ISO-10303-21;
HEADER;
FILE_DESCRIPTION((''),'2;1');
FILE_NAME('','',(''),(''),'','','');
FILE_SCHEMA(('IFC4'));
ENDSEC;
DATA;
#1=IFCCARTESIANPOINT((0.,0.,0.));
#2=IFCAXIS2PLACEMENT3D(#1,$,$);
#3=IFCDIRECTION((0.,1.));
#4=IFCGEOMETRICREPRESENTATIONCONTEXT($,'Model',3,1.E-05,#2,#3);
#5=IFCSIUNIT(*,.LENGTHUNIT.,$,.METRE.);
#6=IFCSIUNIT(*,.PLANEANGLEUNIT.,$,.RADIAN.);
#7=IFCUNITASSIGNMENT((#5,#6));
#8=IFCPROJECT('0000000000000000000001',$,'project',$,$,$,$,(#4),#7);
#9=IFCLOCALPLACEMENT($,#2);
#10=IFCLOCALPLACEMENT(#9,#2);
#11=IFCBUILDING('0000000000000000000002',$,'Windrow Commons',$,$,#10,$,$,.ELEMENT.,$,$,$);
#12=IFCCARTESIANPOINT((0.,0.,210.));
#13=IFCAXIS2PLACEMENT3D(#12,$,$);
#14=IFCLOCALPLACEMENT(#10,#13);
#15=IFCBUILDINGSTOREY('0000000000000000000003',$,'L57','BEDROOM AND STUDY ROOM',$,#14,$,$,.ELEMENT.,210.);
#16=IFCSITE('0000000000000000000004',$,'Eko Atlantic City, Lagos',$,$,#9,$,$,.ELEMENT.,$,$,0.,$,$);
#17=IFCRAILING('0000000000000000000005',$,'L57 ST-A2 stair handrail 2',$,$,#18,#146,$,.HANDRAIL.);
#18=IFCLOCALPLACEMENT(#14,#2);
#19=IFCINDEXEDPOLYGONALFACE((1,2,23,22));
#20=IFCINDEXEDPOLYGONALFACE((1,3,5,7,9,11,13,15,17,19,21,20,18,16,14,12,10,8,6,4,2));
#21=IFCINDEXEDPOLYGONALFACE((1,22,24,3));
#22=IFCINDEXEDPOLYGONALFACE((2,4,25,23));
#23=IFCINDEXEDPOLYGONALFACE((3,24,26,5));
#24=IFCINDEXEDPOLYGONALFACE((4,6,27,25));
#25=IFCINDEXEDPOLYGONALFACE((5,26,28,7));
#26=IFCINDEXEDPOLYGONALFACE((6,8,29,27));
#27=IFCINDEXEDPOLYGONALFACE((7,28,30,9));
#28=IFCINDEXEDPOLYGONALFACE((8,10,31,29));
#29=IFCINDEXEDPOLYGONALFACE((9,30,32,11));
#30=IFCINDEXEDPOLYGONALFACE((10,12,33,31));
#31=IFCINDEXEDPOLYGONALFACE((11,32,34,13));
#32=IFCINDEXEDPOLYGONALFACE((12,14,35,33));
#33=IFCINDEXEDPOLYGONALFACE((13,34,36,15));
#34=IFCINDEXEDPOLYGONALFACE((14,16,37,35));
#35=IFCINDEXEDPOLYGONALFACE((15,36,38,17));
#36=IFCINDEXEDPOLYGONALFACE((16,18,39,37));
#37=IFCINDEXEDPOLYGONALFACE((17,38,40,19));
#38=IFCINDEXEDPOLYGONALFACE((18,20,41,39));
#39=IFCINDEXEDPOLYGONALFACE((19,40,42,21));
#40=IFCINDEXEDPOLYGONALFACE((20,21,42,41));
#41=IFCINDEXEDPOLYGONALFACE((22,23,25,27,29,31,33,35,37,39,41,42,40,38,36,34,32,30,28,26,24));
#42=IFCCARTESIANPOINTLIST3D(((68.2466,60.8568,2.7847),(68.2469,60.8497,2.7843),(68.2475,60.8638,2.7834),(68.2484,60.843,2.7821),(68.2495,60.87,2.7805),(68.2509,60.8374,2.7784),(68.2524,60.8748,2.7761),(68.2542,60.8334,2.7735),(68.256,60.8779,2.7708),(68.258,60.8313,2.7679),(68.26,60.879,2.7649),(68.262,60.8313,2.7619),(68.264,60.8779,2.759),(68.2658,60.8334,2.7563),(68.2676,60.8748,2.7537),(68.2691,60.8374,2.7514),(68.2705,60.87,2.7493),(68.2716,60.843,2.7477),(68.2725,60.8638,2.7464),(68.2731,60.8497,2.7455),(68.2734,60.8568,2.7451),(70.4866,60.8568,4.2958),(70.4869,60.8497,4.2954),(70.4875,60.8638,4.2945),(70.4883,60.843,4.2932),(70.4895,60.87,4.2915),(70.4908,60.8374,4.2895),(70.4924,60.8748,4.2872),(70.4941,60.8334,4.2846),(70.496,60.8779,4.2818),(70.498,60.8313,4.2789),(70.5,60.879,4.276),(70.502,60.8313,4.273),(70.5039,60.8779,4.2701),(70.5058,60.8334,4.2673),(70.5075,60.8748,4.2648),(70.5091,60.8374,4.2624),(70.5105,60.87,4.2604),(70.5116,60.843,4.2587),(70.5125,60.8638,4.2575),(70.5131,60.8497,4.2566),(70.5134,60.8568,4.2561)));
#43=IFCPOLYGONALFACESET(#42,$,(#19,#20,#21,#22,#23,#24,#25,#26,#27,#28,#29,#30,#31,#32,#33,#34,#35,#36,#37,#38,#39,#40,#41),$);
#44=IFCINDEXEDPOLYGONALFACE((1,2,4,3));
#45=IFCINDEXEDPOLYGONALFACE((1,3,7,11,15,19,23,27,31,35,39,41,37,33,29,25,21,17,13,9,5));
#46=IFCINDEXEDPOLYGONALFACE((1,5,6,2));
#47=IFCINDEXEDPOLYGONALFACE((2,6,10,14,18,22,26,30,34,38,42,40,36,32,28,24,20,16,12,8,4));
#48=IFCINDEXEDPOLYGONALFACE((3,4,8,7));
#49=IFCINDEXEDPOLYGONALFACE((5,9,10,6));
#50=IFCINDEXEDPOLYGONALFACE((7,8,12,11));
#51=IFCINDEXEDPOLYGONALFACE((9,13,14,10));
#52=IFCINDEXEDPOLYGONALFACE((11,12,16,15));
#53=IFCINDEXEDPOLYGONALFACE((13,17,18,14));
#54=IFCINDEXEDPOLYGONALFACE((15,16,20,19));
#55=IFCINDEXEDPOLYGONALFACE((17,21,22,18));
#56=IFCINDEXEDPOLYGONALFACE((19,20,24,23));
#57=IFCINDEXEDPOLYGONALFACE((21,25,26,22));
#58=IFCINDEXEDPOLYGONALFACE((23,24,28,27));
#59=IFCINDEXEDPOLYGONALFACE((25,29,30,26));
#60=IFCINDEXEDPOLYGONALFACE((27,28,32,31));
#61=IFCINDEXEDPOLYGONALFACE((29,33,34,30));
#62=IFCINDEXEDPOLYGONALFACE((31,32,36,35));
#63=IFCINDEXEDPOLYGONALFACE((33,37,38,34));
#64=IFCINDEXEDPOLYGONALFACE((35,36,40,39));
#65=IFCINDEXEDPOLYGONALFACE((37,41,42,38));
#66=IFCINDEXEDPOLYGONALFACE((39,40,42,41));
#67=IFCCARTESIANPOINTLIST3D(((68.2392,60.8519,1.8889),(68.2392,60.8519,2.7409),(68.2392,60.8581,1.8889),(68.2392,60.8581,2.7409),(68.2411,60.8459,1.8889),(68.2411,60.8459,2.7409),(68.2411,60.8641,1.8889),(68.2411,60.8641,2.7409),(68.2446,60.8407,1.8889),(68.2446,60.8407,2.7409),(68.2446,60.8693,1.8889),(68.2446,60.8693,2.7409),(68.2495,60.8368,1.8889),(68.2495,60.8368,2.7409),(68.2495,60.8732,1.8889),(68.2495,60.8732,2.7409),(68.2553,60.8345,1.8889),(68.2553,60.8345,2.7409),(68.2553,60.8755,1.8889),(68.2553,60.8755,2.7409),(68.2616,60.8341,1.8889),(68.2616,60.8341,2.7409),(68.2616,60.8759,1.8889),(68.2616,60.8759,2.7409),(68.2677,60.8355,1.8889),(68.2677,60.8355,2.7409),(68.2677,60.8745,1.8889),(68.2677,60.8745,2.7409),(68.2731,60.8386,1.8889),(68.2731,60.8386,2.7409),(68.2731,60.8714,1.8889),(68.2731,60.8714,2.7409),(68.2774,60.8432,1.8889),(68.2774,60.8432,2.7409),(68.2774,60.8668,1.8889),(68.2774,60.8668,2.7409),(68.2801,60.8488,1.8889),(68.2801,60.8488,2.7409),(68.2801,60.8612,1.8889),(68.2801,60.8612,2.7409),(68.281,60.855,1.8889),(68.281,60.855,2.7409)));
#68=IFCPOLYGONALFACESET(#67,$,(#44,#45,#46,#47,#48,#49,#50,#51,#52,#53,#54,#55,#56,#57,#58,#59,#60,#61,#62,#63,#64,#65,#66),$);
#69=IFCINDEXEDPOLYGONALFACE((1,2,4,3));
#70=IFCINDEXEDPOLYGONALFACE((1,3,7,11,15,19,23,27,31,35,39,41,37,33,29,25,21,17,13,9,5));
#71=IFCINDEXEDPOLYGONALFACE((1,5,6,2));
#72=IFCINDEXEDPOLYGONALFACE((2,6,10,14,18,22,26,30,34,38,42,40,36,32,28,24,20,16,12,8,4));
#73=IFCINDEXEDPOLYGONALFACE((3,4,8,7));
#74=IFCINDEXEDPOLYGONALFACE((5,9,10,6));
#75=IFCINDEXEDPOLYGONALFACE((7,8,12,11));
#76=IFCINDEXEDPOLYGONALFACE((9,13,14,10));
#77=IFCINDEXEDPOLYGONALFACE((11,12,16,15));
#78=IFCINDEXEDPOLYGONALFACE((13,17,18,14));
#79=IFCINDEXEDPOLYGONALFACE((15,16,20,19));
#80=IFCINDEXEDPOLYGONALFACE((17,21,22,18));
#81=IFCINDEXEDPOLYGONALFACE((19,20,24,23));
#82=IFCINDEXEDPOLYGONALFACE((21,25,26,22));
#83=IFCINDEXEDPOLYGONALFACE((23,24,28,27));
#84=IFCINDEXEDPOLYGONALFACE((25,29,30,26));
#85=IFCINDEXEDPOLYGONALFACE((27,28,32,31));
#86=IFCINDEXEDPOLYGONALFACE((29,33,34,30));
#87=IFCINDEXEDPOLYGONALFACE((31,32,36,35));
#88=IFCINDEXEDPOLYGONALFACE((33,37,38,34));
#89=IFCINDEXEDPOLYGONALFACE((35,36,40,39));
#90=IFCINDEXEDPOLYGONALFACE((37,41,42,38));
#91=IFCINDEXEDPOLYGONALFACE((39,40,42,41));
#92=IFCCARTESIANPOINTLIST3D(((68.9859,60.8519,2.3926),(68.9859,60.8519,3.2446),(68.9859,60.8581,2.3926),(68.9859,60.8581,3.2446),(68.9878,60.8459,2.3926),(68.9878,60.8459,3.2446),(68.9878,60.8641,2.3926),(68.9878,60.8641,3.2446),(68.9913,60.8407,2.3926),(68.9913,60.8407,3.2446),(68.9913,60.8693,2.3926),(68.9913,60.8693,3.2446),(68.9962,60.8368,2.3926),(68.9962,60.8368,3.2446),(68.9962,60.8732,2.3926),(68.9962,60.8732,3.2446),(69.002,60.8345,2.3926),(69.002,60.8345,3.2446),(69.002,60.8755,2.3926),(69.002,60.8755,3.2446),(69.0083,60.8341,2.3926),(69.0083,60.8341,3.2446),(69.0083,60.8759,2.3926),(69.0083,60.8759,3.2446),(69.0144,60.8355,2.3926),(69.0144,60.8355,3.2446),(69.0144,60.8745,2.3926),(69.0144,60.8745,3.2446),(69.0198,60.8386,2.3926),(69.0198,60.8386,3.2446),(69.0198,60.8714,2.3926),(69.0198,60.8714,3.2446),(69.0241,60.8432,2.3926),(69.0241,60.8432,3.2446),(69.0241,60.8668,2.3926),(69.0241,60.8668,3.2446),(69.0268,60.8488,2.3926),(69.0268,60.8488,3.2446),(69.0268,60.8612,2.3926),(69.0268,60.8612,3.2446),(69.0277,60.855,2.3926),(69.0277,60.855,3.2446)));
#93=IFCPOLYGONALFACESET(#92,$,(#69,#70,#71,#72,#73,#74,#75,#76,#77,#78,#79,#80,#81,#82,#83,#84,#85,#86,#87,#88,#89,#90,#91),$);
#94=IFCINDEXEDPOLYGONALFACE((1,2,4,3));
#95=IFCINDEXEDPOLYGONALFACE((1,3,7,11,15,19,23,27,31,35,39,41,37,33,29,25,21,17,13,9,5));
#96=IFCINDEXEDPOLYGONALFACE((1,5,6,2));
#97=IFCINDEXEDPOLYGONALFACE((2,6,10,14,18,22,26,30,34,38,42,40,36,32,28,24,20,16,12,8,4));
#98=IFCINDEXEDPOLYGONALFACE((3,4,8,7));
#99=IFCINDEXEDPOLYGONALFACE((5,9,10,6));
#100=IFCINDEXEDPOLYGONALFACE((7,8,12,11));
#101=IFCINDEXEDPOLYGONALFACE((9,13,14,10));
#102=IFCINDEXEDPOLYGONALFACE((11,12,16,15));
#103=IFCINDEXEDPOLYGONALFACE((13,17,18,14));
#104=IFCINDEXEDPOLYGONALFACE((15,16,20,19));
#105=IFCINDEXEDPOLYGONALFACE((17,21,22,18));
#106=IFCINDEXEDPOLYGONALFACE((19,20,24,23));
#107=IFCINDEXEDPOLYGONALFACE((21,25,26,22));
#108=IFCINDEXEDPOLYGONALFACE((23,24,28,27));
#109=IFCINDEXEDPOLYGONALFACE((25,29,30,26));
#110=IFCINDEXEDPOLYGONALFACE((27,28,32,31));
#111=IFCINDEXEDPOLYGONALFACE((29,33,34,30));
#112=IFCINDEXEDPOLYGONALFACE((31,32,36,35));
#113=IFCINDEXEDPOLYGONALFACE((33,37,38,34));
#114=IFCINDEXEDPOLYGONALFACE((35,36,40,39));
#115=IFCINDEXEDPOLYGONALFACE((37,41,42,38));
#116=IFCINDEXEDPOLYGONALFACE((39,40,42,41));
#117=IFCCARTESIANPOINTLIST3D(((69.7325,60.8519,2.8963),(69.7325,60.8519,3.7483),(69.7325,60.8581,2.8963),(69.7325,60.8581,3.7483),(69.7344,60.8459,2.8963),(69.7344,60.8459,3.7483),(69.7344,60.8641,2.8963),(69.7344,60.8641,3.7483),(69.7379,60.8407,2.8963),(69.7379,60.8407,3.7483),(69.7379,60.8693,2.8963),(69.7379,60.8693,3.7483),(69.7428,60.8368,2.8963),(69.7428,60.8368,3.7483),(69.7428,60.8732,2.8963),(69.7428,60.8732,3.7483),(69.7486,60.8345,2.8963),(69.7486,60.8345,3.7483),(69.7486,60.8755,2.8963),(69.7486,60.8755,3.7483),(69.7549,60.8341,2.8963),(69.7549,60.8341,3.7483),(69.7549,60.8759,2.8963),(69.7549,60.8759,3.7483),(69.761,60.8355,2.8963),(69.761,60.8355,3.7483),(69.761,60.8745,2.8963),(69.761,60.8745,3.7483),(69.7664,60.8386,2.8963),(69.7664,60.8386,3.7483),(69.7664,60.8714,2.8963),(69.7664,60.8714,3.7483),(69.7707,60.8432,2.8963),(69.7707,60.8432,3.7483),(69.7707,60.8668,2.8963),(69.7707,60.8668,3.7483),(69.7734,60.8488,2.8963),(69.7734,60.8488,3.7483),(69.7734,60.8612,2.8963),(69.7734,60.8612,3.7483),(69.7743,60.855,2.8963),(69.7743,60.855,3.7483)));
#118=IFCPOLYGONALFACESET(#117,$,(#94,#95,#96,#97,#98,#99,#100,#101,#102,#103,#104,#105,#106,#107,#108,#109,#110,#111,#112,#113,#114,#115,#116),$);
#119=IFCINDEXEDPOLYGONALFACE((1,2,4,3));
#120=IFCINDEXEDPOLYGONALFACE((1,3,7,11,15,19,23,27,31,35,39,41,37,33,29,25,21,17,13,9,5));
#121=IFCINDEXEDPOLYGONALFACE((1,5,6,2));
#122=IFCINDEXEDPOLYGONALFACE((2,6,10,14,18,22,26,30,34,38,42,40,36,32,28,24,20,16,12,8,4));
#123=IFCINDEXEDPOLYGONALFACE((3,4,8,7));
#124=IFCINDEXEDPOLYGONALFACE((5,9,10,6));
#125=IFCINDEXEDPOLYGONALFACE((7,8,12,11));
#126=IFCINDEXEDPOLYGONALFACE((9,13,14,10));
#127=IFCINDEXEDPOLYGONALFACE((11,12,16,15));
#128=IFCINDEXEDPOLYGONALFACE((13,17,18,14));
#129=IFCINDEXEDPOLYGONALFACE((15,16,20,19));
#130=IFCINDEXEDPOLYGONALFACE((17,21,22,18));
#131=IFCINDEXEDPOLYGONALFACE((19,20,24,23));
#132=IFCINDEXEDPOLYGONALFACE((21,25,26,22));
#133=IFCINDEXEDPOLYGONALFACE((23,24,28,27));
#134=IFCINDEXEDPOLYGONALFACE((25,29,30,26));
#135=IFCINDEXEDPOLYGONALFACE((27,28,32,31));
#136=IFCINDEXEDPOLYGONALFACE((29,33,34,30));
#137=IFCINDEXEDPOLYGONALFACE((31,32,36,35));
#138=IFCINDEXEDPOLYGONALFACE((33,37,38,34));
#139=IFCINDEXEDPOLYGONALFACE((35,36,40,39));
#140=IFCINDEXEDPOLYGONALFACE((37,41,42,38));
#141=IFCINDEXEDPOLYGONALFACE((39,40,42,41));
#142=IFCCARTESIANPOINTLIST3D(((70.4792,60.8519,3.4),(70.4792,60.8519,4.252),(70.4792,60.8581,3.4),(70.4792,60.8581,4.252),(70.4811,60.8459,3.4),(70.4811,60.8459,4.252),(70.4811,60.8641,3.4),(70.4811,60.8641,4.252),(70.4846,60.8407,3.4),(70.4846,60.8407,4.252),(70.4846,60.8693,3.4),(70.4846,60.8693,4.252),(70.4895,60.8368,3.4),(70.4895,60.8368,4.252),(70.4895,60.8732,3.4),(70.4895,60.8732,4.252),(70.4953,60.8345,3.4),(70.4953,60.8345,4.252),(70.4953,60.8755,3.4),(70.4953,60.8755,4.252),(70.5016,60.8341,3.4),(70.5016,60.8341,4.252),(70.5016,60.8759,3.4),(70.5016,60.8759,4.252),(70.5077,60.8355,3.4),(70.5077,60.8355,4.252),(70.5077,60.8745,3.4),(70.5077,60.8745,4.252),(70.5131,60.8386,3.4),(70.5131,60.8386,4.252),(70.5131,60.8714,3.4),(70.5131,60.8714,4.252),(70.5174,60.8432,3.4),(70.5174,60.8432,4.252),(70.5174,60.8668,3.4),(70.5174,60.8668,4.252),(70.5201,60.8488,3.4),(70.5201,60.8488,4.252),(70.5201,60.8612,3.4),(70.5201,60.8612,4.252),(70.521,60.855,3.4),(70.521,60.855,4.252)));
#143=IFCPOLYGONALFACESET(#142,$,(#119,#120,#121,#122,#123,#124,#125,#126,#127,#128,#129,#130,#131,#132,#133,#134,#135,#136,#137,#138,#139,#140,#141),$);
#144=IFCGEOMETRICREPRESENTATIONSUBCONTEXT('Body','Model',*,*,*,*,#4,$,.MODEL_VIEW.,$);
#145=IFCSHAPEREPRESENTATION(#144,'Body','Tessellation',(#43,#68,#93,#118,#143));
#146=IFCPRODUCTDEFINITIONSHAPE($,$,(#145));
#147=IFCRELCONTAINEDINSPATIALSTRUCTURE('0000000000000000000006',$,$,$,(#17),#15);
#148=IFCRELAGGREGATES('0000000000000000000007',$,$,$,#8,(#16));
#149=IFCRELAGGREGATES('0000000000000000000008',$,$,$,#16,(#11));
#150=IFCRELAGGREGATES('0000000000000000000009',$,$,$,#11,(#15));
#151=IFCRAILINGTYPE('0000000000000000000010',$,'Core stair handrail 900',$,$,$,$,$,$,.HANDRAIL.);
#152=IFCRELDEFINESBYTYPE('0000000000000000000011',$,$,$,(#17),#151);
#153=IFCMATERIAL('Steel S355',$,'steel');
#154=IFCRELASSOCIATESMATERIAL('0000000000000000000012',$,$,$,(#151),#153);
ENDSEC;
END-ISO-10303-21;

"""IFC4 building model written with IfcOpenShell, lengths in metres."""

from ifc_helpers import new_model, si_unit, direction, frame, origin, origin_2d, place, context, subcontext, project, spatial, circle, extrude, material, type_object, element, save


model = new_model("IFC4")

# Units and contexts
model_context = context("Model", 3, precision=1e-05, world=origin(), true_north=direction((0.0, 1.0)))
body_context = subcontext(model_context, "Body", "Model", "MODEL_VIEW")
ifc_project = project(units=[si_unit("LENGTHUNIT", "METRE"), si_unit("PLANEANGLEUNIT", "RADIAN")], contexts=[model_context])

# Site, building, storey
site_placement = place(None, origin())
site = spatial("IfcSite", under=ifc_project, at=site_placement, Name="Eko Atlantic City, Lagos", CompositionType="ELEMENT", RefElevation=0.0)
building_placement = place(site_placement, origin())
building = spatial("IfcBuilding", under=site, at=building_placement, Name="Windrow Commons", CompositionType="ELEMENT")
storey_placement = place(building_placement, frame((0.0, 0.0, 210.0)))
storey = spatial("IfcBuildingStorey", under=building, at=storey_placement, Name="L57", Description="BEDROOM AND STUDY ROOM", CompositionType="ELEMENT", Elevation=210.0)

# Railing
ifc_material_1 = material(Name="Steel S355", Category="steel")
railing_type_1 = type_object("IfcRailingType", Name="Core stair handrail 900", PredefinedType="HANDRAIL", material=ifc_material_1)
railing_1_placement = place(storey_placement, frame((68.26, 60.855, 1.8889)))
element("IfcRailing", 1, at=railing_1_placement, inside=storey, type_object=railing_type_1, Name="L57 ST-A2 stair handrail 2", PredefinedType="HANDRAIL", context=body_context, shape_type="SweptSolid", body=[
    extrude(circle(Radius=0.024, at=origin_2d()), frame((0.0, 0.0, 0.876), z_axis=(0.829003, 0.0, 0.559244), x_axis=(0.0, 1.0, 0.0)), (0.0, 0.0, 1.0), 2.702),
    extrude(circle(Radius=0.021, at=origin_2d()), origin(), (0.0, 0.0, 1.0), 0.852),
    extrude(circle(Radius=0.021, at=origin_2d()), frame((0.7467, 0.0, 0.5037)), (0.0, 0.0, 1.0), 0.852),
    extrude(circle(Radius=0.021, at=origin_2d()), frame((1.4933, 0.0, 1.0074)), (0.0, 0.0, 1.0), 0.852),
    extrude(circle(Radius=0.021, at=origin_2d()), frame((2.24, 0.0, 1.5111)), (0.0, 0.0, 1.0), 0.852),
])

save(model, "model.ifc")
